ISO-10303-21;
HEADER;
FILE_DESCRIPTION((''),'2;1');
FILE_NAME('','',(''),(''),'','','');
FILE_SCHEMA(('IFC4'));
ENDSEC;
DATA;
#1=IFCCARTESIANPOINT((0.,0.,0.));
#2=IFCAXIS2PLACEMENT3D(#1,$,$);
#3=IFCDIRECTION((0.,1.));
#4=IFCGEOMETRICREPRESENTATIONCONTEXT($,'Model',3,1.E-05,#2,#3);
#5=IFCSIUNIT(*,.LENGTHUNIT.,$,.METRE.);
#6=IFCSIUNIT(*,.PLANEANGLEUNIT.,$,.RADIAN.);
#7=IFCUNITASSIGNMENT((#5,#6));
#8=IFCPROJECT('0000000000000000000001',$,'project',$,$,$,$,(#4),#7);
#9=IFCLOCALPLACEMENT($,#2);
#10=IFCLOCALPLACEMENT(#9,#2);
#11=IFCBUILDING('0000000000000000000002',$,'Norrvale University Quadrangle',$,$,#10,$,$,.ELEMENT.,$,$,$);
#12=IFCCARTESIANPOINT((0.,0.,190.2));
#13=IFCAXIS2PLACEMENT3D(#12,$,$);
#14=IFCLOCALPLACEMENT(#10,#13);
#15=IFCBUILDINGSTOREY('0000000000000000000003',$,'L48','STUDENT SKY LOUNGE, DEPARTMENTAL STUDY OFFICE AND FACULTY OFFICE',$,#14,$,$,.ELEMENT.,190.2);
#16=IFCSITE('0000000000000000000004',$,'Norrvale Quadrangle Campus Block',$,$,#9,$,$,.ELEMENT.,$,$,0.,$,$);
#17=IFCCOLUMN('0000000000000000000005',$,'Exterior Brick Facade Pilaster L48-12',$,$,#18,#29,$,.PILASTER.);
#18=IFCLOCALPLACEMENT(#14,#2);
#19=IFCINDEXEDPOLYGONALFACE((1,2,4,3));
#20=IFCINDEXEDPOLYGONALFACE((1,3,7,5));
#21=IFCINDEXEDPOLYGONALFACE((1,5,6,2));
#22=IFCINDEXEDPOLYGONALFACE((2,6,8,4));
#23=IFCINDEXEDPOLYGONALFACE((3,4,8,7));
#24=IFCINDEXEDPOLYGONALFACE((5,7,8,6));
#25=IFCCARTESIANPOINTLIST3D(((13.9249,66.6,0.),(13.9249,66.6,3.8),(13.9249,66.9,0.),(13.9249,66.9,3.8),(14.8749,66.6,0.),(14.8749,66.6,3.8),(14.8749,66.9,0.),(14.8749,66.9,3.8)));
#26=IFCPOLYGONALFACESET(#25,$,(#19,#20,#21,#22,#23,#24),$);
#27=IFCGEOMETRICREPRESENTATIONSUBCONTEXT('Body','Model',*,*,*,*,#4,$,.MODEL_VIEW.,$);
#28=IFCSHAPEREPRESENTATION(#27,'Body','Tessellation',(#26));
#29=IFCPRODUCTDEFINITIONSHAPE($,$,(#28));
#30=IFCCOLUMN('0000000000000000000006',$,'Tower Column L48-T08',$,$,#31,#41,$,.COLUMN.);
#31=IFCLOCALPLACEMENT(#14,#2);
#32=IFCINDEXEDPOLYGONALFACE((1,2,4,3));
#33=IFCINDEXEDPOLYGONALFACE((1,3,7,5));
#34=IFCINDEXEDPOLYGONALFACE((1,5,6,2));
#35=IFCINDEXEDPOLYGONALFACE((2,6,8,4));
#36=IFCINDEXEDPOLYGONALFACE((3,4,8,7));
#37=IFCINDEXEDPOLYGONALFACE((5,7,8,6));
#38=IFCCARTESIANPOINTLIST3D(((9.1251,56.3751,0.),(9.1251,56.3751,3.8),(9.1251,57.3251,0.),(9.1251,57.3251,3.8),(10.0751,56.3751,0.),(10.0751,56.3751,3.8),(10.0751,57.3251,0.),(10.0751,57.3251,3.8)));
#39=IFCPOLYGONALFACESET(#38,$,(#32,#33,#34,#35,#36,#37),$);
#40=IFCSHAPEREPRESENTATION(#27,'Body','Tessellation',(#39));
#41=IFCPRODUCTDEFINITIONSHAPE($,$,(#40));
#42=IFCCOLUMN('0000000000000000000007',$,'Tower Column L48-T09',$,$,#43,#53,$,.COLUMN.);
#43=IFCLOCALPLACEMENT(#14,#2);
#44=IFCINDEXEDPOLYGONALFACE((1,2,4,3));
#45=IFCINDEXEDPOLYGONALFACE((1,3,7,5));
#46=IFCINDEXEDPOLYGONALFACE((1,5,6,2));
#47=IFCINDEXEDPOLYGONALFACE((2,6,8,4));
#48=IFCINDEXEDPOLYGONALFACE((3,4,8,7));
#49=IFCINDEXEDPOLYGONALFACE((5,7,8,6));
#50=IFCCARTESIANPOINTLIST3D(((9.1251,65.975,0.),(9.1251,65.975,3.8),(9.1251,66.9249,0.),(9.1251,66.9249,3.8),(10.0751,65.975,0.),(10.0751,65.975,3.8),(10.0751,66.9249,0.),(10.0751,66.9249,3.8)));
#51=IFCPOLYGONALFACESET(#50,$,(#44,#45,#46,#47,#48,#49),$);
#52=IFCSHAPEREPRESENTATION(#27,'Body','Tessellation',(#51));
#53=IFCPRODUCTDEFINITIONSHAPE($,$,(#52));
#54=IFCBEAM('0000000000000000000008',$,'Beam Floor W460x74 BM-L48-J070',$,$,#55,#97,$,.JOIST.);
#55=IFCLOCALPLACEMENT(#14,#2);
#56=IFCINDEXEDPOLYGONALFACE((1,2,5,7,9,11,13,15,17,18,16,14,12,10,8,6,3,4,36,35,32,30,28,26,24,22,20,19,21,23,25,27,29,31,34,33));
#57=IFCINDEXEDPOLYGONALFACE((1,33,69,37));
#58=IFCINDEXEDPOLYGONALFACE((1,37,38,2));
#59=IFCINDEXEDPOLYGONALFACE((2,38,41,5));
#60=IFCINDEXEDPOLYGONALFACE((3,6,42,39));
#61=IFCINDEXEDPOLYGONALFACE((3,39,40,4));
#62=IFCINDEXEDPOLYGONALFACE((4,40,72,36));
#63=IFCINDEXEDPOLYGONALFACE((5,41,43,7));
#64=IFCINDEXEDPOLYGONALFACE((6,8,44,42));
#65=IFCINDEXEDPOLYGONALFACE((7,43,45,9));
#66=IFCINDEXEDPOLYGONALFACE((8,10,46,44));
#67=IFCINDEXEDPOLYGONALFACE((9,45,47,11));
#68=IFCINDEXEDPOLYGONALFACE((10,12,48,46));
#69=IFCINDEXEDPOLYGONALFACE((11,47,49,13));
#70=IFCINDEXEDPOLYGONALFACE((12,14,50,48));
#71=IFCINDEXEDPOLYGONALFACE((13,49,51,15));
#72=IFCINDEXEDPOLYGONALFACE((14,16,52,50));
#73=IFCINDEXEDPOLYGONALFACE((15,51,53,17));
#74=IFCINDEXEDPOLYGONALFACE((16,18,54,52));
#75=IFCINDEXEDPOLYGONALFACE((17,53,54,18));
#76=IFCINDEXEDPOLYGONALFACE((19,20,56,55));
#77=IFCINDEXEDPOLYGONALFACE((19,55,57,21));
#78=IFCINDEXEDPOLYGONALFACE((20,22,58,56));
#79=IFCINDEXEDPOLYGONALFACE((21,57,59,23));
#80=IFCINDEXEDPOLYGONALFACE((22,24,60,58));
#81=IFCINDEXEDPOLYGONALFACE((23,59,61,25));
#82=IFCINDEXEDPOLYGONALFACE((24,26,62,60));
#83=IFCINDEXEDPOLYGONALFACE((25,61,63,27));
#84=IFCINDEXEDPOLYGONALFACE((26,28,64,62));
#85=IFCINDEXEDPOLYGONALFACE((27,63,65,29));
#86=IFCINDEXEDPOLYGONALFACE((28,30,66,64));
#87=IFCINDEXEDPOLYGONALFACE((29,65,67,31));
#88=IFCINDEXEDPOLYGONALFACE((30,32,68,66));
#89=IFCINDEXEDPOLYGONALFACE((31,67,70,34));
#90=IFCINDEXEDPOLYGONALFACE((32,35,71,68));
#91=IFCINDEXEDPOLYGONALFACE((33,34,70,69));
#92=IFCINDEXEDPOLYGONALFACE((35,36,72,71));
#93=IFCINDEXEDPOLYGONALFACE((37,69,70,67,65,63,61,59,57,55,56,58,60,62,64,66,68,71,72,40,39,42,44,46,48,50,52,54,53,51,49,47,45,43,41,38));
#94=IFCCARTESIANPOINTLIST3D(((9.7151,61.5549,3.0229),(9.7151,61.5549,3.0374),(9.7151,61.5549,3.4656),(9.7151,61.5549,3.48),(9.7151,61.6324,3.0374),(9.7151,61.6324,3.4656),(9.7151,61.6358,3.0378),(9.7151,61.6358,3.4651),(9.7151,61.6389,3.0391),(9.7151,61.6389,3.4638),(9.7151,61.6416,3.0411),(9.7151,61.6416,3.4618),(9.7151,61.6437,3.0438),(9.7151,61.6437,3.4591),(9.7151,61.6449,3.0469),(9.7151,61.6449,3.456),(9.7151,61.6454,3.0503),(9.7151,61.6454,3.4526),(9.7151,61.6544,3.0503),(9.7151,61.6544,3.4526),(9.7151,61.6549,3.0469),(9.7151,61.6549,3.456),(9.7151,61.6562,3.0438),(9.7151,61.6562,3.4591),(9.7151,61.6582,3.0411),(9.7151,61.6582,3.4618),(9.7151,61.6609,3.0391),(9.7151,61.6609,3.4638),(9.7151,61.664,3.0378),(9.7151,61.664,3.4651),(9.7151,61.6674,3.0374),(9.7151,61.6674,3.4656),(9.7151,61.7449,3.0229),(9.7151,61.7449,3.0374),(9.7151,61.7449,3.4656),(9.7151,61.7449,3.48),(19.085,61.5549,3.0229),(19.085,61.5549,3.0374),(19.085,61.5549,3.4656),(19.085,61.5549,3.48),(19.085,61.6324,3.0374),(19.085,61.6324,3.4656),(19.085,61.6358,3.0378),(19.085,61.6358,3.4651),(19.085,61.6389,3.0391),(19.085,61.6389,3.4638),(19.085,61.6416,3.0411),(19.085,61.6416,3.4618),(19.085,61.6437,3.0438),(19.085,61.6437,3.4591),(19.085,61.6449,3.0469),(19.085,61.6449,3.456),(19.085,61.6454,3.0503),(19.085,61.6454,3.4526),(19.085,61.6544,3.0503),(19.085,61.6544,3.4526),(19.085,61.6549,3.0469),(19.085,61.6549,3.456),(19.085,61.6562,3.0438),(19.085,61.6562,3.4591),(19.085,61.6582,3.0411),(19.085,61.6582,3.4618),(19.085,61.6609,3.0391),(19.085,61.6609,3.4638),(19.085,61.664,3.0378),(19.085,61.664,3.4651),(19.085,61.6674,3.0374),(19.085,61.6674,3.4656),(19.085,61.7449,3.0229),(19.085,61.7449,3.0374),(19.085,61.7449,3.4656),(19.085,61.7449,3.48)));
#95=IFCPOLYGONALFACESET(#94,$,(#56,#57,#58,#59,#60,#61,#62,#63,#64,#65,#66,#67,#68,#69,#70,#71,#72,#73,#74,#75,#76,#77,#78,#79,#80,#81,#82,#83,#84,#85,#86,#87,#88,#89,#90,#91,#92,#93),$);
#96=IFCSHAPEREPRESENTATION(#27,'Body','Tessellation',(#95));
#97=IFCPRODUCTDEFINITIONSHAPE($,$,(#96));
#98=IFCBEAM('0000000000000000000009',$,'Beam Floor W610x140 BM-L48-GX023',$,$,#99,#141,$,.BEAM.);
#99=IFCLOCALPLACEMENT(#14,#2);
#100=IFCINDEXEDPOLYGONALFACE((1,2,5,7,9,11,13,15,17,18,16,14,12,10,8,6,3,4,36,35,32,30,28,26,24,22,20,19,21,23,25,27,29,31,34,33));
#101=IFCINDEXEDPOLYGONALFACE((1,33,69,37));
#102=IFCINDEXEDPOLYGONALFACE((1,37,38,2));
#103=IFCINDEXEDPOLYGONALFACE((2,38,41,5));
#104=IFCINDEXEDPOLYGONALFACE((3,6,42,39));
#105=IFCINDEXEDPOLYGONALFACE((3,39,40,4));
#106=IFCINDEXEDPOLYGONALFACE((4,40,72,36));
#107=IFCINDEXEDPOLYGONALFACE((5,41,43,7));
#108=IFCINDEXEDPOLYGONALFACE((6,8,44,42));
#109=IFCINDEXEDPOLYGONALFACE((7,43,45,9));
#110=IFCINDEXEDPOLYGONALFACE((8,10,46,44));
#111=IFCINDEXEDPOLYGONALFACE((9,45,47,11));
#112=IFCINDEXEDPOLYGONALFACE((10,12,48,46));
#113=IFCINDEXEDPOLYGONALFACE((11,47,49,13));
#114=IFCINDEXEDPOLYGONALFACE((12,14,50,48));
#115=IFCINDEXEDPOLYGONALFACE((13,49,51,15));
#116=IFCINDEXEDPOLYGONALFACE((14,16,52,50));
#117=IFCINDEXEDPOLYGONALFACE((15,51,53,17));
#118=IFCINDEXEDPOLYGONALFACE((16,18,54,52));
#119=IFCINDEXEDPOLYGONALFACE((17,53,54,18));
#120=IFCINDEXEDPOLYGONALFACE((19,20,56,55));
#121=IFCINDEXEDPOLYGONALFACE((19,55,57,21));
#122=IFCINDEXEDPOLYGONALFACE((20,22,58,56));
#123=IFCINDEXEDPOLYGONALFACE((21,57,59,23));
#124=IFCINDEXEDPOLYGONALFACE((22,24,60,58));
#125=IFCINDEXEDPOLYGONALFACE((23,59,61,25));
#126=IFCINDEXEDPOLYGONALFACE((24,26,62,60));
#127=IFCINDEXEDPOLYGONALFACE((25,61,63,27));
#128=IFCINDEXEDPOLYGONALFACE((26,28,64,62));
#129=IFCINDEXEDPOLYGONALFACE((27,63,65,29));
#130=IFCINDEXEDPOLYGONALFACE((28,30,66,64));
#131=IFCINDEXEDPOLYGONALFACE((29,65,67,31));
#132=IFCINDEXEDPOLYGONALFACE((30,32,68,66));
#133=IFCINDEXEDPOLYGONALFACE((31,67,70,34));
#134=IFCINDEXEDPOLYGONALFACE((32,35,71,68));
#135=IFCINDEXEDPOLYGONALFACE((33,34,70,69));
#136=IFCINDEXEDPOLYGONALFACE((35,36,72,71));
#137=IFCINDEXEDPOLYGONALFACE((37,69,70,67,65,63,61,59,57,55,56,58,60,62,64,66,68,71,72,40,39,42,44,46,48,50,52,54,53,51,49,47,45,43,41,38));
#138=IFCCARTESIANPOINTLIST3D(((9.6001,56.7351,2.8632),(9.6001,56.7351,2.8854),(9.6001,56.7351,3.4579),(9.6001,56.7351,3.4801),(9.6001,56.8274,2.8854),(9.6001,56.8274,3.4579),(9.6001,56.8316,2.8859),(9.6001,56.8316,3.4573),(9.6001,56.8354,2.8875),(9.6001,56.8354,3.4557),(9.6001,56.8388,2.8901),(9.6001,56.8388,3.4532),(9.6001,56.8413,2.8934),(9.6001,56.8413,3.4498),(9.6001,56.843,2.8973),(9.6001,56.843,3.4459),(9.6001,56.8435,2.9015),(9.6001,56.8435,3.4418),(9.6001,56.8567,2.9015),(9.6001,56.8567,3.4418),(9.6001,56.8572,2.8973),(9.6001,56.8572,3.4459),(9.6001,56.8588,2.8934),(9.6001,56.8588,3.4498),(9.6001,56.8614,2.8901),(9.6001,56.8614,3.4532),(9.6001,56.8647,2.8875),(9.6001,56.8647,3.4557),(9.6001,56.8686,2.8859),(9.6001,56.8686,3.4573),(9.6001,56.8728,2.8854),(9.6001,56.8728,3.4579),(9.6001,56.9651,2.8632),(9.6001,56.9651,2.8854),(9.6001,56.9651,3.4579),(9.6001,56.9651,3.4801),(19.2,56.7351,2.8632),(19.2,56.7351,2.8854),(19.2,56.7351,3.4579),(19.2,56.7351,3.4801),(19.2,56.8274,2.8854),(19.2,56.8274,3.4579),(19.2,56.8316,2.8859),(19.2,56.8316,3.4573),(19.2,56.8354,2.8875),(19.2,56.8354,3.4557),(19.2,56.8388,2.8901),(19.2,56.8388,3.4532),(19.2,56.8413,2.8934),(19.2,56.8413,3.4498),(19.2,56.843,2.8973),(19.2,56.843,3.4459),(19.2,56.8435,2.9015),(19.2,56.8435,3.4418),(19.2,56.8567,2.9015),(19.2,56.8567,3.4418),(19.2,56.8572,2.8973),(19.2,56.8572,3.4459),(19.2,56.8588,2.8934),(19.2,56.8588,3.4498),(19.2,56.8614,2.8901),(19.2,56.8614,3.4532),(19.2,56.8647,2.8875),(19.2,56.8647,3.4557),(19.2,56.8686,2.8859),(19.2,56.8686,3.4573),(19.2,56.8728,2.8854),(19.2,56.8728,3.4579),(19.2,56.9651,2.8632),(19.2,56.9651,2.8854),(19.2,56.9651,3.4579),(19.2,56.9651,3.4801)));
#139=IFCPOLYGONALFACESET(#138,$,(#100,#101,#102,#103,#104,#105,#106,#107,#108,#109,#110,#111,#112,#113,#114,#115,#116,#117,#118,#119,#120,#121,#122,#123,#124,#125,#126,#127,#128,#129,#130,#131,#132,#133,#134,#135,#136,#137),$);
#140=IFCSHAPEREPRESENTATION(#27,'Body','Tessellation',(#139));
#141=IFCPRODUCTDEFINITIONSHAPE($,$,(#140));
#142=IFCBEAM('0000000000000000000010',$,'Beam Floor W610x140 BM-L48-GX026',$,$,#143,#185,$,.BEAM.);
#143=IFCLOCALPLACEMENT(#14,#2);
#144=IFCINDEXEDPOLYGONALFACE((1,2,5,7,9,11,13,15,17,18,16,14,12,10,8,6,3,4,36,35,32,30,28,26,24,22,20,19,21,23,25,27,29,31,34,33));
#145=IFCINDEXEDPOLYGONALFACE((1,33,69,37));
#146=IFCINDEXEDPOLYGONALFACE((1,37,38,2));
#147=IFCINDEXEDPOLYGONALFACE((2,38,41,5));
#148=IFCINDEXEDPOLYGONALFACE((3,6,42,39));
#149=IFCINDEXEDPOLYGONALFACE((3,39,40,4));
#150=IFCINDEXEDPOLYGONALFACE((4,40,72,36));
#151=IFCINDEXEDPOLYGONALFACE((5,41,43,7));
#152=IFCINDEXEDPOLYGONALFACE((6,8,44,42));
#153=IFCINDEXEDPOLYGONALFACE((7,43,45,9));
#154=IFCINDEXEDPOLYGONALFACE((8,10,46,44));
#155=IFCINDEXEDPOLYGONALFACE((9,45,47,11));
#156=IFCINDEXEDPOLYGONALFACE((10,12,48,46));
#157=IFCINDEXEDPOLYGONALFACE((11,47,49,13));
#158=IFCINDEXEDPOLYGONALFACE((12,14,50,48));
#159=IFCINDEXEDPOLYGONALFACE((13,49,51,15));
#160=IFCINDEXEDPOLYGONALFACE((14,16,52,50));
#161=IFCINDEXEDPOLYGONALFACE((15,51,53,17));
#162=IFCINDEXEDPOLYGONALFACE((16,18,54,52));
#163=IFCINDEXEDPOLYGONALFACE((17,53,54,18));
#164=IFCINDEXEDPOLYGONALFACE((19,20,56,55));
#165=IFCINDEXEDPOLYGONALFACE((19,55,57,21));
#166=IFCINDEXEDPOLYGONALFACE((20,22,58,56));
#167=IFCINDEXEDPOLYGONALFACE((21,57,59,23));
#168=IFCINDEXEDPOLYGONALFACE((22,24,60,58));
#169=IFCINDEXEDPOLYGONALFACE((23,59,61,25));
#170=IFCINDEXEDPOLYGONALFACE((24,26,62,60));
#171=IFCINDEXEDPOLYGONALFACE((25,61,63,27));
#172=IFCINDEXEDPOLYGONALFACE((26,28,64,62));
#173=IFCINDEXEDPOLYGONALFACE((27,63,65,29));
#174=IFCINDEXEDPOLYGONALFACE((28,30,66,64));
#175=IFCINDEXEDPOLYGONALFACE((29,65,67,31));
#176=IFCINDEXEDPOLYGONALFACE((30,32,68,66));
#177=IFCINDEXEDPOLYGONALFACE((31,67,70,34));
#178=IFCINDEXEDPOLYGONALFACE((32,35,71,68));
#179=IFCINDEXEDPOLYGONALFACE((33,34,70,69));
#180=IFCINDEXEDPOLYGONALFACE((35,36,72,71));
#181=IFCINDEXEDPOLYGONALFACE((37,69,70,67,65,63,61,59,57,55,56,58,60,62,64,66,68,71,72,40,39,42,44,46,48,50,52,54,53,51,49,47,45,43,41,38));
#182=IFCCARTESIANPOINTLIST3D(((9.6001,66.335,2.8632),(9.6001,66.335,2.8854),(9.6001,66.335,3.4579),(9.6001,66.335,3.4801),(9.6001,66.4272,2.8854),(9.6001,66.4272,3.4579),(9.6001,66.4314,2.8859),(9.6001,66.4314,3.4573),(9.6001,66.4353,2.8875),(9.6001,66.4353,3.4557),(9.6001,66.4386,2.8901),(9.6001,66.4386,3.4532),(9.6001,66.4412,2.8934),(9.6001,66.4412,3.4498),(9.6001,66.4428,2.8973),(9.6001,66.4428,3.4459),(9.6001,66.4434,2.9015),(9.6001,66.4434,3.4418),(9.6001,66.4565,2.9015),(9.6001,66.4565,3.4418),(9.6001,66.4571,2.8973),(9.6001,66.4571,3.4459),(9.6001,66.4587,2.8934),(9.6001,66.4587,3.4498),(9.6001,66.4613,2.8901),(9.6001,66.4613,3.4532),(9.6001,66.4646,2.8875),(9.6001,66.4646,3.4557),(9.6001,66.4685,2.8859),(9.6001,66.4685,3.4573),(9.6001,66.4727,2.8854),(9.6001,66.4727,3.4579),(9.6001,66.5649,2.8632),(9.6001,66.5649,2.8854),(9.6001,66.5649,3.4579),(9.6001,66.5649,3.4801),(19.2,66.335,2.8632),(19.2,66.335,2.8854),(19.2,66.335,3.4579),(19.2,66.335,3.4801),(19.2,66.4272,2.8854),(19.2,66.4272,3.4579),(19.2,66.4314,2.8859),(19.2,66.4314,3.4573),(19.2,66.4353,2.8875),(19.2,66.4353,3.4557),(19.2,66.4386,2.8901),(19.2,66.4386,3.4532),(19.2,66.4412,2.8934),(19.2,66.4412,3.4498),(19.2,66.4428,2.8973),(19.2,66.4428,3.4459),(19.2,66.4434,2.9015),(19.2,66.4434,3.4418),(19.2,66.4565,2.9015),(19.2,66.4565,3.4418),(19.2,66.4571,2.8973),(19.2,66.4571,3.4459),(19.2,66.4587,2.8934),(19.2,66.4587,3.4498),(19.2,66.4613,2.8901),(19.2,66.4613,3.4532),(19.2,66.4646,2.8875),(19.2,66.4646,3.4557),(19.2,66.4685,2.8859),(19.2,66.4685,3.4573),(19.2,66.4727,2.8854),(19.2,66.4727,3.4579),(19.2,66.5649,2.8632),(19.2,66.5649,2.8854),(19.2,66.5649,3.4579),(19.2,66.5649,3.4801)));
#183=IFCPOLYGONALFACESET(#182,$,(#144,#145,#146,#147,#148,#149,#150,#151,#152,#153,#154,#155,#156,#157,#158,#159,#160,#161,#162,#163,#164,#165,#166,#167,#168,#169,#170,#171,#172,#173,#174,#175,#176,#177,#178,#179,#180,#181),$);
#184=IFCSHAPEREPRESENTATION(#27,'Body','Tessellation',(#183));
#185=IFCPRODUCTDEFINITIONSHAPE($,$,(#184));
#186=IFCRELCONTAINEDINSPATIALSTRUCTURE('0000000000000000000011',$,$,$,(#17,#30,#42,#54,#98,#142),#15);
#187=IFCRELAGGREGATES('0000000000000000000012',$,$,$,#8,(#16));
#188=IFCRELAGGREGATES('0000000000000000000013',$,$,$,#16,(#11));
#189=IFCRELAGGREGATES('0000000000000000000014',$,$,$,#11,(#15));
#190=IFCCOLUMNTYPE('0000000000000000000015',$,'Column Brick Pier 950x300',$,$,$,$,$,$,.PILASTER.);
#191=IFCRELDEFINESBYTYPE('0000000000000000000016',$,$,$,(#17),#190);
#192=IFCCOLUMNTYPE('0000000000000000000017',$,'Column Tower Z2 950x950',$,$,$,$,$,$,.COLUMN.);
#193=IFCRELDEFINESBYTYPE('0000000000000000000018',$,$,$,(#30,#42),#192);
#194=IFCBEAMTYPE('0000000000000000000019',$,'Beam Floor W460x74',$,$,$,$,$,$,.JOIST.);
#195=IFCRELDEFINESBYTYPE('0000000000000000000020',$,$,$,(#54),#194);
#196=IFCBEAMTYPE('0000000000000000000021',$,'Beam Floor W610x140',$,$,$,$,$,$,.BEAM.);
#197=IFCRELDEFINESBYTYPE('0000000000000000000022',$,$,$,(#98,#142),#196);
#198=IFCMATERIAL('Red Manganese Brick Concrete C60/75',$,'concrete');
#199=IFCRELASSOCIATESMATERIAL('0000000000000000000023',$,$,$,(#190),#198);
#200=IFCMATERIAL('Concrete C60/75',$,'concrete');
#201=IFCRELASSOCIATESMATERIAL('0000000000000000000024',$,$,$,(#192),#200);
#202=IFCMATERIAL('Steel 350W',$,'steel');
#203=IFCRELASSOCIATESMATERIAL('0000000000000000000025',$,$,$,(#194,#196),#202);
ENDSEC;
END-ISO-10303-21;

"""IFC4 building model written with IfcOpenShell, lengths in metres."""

from ifc_helpers import new_model, si_unit, direction, frame, origin, origin_2d, place, context, subcontext, project, spatial, rectangle, i_section, extrude, material, material_profile, profile_set, type_object, element, save


model = new_model("IFC4")

# Units and contexts
model_context = context("Model", 3, precision=1e-05, world=origin(), true_north=direction((0.0, 1.0)))
body_context = subcontext(model_context, "Body", "Model", "MODEL_VIEW")
ifc_project = project(units=[si_unit("LENGTHUNIT", "METRE"), si_unit("PLANEANGLEUNIT", "RADIAN")], contexts=[model_context])

# Site, building, storey
site_placement = place(None, origin())
site = spatial("IfcSite", under=ifc_project, at=site_placement, Name="Norrvale Quadrangle Campus Block", CompositionType="ELEMENT", RefElevation=0.0)
building_placement = place(site_placement, origin())
building = spatial("IfcBuilding", under=site, at=building_placement, Name="Norrvale University Quadrangle", CompositionType="ELEMENT")
storey_placement = place(building_placement, frame((0.0, 0.0, 190.2)))
storey = spatial("IfcBuildingStorey", under=building, at=storey_placement, Name="L48", Description="STUDENT SKY LOUNGE, DEPARTMENTAL STUDY OFFICE AND FACULTY OFFICE", CompositionType="ELEMENT", Elevation=190.2)

# Columns
ifc_material_1 = material(Name="Red Manganese Brick Concrete C60/75", Category="concrete")
ifc_material_profile_1 = material_profile(ifc_material_1, rectangle(XDim=0.95, YDim=0.3, at=origin_2d()), Name="Red Manganese Brick Concrete C60/75")
ifc_profile_set_1 = profile_set([ifc_material_profile_1], Name="Red Manganese Brick Concrete C60/75")
column_type_1 = type_object("IfcColumnType", Name="Column Brick Pier 950x300", PredefinedType="PILASTER", material=ifc_profile_set_1)
column_placement = place(storey_placement, frame((14.3999, 66.75, 0.0), z_axis=(0.0, 0.0, 1.0), x_axis=(1.0, 0.0, 0.0)))
element("IfcColumn", 1, at=column_placement, inside=storey, type_object=column_type_1, Name="Exterior Brick Facade Pilaster L48-12", PredefinedType="PILASTER", context=body_context, shape_type="SweptSolid", body=[
    extrude(rectangle(XDim=0.95, YDim=0.3, at=origin_2d()), origin(), (0.0, 0.0, 1.0), 3.8),
])
ifc_material_2 = material(Name="Concrete C60/75", Category="concrete")
ifc_material_profile_2 = material_profile(ifc_material_2, rectangle(XDim=0.95, YDim=0.95, at=origin_2d()), Name="Concrete C60/75")
ifc_profile_set_2 = profile_set([ifc_material_profile_2], Name="Concrete C60/75")
column_type_2 = type_object("IfcColumnType", Name="Column Tower Z2 950x950", PredefinedType="COLUMN", material=ifc_profile_set_2)
for number, where, z_axis, x_axis, name in (
    (2, (9.6001, 56.8501, 0.0), (0.0, 0.0, 1.0), (1.0, 0.0, 0.0), "Tower Column L48-T08"),
    (3, (9.6001, 66.45, 0.0), (0.0, 0.0, 1.0), (1.0, 0.0, 0.0), "Tower Column L48-T09"),
):
    element("IfcColumn", number, at=place(storey_placement, frame(where, z_axis=z_axis, x_axis=x_axis)), inside=storey, type_object=column_type_2, Name=name, PredefinedType="COLUMN", context=body_context, shape_type="SweptSolid", body=[
        extrude(rectangle(XDim=0.95, YDim=0.95, at=origin_2d()), origin(), (0.0, 0.0, 1.0), 3.8),
    ])

# Beams
ifc_material_3 = material(Name="Steel 350W", Category="steel")
ifc_material_profile_3 = material_profile(ifc_material_3, i_section(OverallWidth=0.1899, OverallDepth=0.457, WebThickness=0.009, FlangeThickness=0.0144, FilletRadius=0.0129, at=origin_2d()), Name="Steel 350W")
ifc_profile_set_3 = profile_set([ifc_material_profile_3], Name="Steel 350W")
beam_type_1 = type_object("IfcBeamType", Name="Beam Floor W460x74", PredefinedType="JOIST", material=ifc_profile_set_3)
beam_placement = place(storey_placement, frame((9.7151, 61.6499, 3.2515), z_axis=(1.0, 0.0, 0.0), x_axis=(0.0, 1.0, 0.0)))
element("IfcBeam", 4, at=beam_placement, inside=storey, type_object=beam_type_1, Name="Beam Floor W460x74 BM-L48-J070", PredefinedType="JOIST", context=body_context, shape_type="SweptSolid", body=[
    extrude(i_section(OverallWidth=0.1899, OverallDepth=0.457, WebThickness=0.009, FlangeThickness=0.0144, FilletRadius=0.0129, at=origin_2d()), origin(), (0.0, 0.0, 1.0), 9.3699),
])
ifc_material_profile_4 = material_profile(ifc_material_3, i_section(OverallWidth=0.23, OverallDepth=0.6169, WebThickness=0.0132, FlangeThickness=0.0222, FilletRadius=0.0161, at=origin_2d()), Name="Steel 350W")
ifc_profile_set_4 = profile_set([ifc_material_profile_4], Name="Steel 350W")
beam_type_2 = type_object("IfcBeamType", Name="Beam Floor W610x140", PredefinedType="BEAM", material=ifc_profile_set_4)
for number, where, z_axis, x_axis, name in (
    (5, (9.6001, 56.8501, 3.1716), (1.0, 0.0, 0.0), (0.0, 1.0, 0.0), "Beam Floor W610x140 BM-L48-GX023"),
    (6, (9.6001, 66.45, 3.1716), (1.0, 0.0, 0.0), (0.0, 1.0, 0.0), "Beam Floor W610x140 BM-L48-GX026"),
):
    element("IfcBeam", number, at=place(storey_placement, frame(where, z_axis=z_axis, x_axis=x_axis)), inside=storey, type_object=beam_type_2, Name=name, PredefinedType="BEAM", context=body_context, shape_type="SweptSolid", body=[
        extrude(i_section(OverallWidth=0.23, OverallDepth=0.6169, WebThickness=0.0132, FlangeThickness=0.0222, FilletRadius=0.0161, at=origin_2d()), origin(), (0.0, 0.0, 1.0), 9.5999),
    ])

save(model, "model.ifc")
